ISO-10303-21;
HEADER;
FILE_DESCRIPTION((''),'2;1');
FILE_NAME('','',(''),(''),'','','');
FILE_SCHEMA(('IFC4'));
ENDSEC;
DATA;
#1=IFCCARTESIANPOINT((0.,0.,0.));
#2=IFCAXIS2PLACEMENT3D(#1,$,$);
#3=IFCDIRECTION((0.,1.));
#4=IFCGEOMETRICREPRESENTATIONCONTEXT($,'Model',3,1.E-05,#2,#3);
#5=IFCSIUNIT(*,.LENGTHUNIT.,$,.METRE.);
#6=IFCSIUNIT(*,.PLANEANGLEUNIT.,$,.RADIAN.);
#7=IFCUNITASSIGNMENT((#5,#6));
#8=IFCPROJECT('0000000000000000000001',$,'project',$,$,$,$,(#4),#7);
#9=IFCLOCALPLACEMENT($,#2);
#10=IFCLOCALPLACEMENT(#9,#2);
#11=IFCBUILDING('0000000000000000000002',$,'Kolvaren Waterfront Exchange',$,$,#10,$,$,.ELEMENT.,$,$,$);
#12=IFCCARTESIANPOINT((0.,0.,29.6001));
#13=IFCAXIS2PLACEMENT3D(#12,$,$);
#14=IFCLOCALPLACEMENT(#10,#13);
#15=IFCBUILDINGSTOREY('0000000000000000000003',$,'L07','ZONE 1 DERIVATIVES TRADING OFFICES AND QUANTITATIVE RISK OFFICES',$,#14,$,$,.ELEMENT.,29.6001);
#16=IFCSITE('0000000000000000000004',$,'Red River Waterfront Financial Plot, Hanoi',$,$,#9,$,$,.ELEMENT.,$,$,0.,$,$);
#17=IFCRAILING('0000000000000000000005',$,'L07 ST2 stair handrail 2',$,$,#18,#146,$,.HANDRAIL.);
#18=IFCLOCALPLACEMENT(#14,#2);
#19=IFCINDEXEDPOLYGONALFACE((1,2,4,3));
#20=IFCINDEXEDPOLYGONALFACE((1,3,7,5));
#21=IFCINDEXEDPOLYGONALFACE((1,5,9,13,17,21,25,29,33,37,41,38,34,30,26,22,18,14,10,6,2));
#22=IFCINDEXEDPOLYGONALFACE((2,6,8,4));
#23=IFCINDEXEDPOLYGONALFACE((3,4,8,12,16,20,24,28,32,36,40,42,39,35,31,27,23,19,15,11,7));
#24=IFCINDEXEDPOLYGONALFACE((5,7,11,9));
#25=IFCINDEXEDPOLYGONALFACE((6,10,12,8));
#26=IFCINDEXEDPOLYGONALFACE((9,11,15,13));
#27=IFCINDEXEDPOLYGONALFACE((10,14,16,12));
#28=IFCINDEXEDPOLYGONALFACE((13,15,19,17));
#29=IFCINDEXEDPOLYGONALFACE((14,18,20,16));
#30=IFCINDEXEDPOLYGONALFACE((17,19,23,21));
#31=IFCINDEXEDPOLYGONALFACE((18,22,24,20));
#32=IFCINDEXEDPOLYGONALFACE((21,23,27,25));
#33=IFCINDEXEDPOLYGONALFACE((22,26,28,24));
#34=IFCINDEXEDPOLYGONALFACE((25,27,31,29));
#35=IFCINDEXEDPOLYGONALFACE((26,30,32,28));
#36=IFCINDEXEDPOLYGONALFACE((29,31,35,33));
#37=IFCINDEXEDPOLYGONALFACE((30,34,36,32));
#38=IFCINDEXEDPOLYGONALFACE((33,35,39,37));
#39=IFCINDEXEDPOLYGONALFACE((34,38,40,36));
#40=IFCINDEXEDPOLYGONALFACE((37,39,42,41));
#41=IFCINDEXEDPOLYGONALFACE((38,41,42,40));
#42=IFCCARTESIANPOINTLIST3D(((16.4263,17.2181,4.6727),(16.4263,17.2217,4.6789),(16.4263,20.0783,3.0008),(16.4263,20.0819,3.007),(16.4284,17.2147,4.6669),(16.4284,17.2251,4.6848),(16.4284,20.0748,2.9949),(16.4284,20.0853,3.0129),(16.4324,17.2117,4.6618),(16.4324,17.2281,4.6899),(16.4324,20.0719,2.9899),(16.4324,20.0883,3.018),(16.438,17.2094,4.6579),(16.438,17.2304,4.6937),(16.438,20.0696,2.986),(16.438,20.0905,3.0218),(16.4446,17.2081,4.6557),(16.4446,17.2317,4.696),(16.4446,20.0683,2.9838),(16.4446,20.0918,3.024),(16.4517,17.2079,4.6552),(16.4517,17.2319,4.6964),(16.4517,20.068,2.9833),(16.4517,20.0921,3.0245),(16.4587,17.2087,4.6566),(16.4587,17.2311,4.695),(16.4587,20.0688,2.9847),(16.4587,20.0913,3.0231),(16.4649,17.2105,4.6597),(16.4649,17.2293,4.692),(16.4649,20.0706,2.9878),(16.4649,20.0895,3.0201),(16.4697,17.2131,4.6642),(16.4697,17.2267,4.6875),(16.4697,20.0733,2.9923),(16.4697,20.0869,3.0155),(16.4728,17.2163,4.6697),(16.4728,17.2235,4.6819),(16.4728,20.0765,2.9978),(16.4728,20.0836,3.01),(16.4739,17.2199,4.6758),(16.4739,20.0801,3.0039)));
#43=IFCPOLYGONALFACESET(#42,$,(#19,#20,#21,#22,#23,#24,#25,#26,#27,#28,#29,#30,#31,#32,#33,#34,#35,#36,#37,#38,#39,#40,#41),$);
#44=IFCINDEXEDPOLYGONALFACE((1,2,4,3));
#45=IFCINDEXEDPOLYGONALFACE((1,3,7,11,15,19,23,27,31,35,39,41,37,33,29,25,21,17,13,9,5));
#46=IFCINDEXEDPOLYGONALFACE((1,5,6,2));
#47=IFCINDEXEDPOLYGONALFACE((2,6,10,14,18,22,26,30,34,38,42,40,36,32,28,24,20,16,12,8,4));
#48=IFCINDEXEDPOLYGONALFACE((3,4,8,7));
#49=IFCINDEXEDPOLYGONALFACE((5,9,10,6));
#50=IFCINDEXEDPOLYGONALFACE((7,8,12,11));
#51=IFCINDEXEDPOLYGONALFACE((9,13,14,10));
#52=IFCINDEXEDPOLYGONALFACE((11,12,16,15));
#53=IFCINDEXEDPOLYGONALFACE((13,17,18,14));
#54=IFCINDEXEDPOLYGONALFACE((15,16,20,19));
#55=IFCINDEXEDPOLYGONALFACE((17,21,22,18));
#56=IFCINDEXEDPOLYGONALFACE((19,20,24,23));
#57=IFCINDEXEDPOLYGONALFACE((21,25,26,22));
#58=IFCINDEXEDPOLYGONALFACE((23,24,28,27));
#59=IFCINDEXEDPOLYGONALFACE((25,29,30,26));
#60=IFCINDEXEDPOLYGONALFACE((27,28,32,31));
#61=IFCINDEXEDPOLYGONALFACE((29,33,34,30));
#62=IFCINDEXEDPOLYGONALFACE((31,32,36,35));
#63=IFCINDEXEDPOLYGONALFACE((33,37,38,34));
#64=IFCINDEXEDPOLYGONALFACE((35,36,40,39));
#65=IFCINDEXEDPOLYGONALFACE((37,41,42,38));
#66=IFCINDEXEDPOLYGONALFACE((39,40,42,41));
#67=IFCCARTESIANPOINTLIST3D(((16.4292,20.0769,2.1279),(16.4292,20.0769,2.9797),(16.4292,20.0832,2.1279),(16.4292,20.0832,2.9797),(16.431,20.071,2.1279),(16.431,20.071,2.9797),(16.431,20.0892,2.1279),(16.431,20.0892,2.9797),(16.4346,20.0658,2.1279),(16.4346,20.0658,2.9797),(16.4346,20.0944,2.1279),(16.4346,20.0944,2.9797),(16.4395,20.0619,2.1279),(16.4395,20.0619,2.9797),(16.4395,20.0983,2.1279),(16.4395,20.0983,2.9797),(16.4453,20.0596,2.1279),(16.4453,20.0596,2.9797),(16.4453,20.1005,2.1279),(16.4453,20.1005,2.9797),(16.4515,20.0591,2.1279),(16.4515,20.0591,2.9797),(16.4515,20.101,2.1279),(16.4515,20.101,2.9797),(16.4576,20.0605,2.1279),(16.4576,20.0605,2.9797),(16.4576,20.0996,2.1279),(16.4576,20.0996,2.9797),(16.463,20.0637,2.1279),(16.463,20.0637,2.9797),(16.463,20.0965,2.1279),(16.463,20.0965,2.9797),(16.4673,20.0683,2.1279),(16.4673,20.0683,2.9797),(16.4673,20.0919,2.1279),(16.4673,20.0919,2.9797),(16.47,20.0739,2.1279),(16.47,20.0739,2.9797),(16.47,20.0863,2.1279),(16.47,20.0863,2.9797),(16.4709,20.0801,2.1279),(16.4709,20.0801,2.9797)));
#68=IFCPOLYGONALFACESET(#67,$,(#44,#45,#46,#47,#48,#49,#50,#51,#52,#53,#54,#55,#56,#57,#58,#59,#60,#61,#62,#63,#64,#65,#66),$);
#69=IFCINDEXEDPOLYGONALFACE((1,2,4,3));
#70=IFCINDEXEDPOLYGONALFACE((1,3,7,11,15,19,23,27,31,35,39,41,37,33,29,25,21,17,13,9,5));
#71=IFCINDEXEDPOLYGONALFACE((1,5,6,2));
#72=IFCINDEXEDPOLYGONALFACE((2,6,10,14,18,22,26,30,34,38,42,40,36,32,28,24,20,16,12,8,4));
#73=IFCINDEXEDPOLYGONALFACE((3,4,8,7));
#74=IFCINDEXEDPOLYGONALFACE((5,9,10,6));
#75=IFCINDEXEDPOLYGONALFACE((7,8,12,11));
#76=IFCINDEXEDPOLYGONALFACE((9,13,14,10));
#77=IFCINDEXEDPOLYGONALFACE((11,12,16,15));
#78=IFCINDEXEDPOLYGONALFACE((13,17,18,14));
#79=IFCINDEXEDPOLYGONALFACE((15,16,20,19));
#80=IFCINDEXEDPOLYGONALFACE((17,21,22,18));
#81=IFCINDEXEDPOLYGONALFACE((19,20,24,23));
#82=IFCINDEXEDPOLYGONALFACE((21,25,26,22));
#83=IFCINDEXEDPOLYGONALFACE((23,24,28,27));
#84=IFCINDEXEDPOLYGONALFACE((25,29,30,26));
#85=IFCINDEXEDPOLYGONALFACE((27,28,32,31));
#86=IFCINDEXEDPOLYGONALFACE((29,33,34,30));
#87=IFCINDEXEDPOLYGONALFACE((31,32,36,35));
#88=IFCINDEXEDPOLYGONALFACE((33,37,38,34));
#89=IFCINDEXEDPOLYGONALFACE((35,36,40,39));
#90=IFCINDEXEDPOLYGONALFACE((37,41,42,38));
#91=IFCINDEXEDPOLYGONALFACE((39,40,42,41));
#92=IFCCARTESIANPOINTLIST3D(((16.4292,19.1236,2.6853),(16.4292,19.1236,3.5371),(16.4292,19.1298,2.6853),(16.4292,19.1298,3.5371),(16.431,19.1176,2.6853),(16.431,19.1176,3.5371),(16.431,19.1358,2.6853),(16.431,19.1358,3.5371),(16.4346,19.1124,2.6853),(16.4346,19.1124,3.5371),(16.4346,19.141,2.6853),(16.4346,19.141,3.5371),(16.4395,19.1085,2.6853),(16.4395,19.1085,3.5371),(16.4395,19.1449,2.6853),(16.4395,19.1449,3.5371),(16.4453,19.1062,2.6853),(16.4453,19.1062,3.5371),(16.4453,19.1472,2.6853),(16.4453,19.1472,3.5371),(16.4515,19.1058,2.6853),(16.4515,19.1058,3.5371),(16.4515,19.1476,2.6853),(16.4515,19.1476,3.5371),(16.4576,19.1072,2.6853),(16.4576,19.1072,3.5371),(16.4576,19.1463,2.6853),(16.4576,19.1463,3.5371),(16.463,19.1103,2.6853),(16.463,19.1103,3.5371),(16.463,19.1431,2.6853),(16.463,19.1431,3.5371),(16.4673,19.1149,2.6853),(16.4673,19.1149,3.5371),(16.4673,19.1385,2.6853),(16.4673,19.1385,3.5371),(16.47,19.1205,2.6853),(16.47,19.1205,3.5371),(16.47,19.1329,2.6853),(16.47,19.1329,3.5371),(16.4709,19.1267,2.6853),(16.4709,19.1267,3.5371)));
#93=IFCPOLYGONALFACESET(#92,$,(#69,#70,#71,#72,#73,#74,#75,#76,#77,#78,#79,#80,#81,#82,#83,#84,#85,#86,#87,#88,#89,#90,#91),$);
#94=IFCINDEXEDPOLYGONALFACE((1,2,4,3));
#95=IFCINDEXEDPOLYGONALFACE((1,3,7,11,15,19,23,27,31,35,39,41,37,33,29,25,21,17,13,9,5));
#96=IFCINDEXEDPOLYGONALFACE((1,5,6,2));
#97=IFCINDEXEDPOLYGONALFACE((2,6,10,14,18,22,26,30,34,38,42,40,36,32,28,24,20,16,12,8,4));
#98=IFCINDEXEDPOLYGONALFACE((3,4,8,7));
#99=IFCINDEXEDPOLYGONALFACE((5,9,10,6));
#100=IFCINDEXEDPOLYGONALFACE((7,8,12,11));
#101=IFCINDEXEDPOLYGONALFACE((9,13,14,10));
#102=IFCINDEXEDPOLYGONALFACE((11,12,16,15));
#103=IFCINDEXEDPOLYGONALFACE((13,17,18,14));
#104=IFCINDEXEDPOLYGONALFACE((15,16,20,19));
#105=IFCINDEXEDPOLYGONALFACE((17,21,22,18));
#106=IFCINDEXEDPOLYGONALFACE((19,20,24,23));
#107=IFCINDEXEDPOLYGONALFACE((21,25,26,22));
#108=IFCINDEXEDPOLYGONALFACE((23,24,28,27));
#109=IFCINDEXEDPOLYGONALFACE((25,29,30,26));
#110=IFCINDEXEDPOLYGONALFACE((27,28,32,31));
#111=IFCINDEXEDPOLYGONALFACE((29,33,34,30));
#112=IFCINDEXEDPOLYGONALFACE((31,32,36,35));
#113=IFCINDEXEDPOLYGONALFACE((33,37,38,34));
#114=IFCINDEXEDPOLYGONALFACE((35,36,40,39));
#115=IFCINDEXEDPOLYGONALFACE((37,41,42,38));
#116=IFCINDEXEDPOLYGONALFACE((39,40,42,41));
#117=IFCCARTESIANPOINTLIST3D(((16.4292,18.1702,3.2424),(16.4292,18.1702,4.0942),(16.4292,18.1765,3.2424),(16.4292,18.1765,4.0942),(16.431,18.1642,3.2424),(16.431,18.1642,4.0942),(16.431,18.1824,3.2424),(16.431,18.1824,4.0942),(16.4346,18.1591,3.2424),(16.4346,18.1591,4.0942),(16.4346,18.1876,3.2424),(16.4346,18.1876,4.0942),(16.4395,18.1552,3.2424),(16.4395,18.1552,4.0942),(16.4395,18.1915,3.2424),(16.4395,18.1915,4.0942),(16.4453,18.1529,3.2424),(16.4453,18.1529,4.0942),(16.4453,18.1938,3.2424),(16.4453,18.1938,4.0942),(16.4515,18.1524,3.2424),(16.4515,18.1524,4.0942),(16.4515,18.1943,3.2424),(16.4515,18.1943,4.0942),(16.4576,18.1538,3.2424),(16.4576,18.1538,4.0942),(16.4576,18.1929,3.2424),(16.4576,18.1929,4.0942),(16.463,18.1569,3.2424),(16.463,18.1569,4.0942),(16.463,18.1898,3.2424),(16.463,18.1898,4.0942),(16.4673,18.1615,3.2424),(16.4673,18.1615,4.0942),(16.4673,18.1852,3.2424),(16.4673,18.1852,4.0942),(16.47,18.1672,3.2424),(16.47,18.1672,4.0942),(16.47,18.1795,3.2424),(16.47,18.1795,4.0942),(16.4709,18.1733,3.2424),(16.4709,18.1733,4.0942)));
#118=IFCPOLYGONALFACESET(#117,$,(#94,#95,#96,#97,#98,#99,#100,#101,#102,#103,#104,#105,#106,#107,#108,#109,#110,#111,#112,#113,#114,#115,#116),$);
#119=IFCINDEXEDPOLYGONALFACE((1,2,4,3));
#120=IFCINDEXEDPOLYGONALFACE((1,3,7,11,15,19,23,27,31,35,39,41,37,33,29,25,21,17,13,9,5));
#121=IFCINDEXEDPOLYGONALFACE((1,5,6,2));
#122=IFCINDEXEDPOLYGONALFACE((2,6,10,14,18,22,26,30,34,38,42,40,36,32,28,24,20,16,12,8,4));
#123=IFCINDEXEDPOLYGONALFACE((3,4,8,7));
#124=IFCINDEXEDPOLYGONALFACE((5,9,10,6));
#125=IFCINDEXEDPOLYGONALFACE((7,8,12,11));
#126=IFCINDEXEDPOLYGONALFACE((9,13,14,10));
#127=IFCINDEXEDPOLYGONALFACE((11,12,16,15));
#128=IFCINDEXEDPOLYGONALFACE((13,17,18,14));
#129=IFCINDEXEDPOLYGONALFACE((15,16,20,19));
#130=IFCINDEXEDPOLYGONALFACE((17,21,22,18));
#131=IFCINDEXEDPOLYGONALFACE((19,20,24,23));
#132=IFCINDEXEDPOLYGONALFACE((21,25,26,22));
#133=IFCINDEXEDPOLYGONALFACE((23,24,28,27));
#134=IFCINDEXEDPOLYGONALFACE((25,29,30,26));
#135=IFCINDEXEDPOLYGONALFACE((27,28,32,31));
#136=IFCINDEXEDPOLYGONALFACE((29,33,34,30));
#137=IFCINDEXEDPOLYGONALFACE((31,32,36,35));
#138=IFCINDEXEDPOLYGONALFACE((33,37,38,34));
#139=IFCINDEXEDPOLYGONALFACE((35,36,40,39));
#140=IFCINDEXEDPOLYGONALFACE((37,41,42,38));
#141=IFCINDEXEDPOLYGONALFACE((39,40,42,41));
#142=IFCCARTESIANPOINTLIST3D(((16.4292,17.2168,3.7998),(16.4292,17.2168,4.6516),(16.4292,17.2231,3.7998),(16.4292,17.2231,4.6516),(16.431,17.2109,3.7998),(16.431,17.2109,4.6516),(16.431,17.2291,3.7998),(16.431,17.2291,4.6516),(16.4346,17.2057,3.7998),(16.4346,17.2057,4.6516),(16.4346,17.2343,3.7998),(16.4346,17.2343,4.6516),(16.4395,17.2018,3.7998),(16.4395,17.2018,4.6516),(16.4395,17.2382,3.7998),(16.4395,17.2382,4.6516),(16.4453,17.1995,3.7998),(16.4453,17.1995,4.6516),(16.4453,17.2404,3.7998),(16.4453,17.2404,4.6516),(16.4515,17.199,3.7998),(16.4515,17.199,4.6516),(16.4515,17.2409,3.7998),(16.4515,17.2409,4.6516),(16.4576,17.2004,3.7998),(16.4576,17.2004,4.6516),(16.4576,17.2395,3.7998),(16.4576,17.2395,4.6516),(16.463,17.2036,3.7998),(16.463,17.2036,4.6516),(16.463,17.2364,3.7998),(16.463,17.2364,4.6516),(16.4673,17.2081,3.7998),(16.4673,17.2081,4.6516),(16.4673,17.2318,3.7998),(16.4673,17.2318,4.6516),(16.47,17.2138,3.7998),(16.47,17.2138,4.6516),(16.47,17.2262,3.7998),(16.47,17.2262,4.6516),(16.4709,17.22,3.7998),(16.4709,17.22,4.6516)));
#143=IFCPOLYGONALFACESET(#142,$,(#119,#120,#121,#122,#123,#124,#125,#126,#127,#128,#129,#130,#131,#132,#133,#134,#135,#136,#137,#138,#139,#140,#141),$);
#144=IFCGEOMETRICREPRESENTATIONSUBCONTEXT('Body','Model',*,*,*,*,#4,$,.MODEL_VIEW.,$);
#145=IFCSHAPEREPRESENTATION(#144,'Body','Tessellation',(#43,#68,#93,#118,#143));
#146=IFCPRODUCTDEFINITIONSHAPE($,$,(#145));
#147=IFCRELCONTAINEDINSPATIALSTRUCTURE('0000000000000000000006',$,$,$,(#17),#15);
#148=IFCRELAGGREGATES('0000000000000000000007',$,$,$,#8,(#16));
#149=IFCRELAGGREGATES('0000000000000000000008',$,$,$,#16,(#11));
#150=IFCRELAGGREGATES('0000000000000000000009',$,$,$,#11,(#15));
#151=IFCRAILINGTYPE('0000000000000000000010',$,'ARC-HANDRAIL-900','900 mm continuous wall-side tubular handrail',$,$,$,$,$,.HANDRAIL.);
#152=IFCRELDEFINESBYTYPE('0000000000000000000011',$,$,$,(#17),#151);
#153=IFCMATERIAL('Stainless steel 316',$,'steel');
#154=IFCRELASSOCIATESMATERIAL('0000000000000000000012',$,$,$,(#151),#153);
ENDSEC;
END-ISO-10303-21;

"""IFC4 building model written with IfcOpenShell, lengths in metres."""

from ifc_helpers import new_model, si_unit, direction, frame, origin, origin_2d, place, context, subcontext, project, spatial, circle, extrude, material, type_object, element, save


model = new_model("IFC4")

# Units and contexts
model_context = context("Model", 3, precision=1e-05, world=origin(), true_north=direction((0.0, 1.0)))
body_context = subcontext(model_context, "Body", "Model", "MODEL_VIEW")
ifc_project = project(units=[si_unit("LENGTHUNIT", "METRE"), si_unit("PLANEANGLEUNIT", "RADIAN")], contexts=[model_context])

# Site, building, storey
site_placement = place(None, origin())
site = spatial("IfcSite", under=ifc_project, at=site_placement, Name="Red River Waterfront Financial Plot, Hanoi", CompositionType="ELEMENT", RefElevation=0.0)
building_placement = place(site_placement, origin())
building = spatial("IfcBuilding", under=site, at=building_placement, Name="Kolvaren Waterfront Exchange", CompositionType="ELEMENT")
storey_placement = place(building_placement, frame((0.0, 0.0, 29.6001)))
storey = spatial("IfcBuildingStorey", under=building, at=storey_placement, Name="L07", Description="ZONE 1 DERIVATIVES TRADING OFFICES AND QUANTITATIVE RISK OFFICES", CompositionType="ELEMENT", Elevation=29.6001)

# Railing
ifc_material_1 = material(Name="Stainless steel 316", Category="steel")
railing_type = type_object("IfcRailingType", Name="ARC-HANDRAIL-900", Description="900 mm continuous wall-side tubular handrail", PredefinedType="HANDRAIL", material=ifc_material_1)
railing_placement = place(storey_placement, frame((16.45, 20.0801, 2.1279)))
element("IfcRailing", 1, at=railing_placement, inside=storey, type_object=railing_type, Name="L07 ST2 stair handrail 2", PredefinedType="HANDRAIL", context=body_context, shape_type="SweptSolid", body=[
    extrude(circle(Radius=0.0239, at=origin_2d()), frame((0.0, 0.0, 0.876), z_axis=(0.0, -0.863321, 0.504654), x_axis=(1.0, 0.0, 0.0)), (0.0, 0.0, 1.0), 3.313),
    extrude(circle(Radius=0.021, at=origin_2d()), origin(), (0.0, 0.0, 1.0), 0.8518),
    extrude(circle(Radius=0.021, at=origin_2d()), frame((0.0, -0.9534, 0.5574)), (0.0, 0.0, 1.0), 0.8518),
    extrude(circle(Radius=0.021, at=origin_2d()), frame((0.0, -1.9067, 1.1145)), (0.0, 0.0, 1.0), 0.8518),
    extrude(circle(Radius=0.021, at=origin_2d()), frame((0.0, -2.8601, 1.6719)), (0.0, 0.0, 1.0), 0.8518),
])

save(model, "model.ifc")
